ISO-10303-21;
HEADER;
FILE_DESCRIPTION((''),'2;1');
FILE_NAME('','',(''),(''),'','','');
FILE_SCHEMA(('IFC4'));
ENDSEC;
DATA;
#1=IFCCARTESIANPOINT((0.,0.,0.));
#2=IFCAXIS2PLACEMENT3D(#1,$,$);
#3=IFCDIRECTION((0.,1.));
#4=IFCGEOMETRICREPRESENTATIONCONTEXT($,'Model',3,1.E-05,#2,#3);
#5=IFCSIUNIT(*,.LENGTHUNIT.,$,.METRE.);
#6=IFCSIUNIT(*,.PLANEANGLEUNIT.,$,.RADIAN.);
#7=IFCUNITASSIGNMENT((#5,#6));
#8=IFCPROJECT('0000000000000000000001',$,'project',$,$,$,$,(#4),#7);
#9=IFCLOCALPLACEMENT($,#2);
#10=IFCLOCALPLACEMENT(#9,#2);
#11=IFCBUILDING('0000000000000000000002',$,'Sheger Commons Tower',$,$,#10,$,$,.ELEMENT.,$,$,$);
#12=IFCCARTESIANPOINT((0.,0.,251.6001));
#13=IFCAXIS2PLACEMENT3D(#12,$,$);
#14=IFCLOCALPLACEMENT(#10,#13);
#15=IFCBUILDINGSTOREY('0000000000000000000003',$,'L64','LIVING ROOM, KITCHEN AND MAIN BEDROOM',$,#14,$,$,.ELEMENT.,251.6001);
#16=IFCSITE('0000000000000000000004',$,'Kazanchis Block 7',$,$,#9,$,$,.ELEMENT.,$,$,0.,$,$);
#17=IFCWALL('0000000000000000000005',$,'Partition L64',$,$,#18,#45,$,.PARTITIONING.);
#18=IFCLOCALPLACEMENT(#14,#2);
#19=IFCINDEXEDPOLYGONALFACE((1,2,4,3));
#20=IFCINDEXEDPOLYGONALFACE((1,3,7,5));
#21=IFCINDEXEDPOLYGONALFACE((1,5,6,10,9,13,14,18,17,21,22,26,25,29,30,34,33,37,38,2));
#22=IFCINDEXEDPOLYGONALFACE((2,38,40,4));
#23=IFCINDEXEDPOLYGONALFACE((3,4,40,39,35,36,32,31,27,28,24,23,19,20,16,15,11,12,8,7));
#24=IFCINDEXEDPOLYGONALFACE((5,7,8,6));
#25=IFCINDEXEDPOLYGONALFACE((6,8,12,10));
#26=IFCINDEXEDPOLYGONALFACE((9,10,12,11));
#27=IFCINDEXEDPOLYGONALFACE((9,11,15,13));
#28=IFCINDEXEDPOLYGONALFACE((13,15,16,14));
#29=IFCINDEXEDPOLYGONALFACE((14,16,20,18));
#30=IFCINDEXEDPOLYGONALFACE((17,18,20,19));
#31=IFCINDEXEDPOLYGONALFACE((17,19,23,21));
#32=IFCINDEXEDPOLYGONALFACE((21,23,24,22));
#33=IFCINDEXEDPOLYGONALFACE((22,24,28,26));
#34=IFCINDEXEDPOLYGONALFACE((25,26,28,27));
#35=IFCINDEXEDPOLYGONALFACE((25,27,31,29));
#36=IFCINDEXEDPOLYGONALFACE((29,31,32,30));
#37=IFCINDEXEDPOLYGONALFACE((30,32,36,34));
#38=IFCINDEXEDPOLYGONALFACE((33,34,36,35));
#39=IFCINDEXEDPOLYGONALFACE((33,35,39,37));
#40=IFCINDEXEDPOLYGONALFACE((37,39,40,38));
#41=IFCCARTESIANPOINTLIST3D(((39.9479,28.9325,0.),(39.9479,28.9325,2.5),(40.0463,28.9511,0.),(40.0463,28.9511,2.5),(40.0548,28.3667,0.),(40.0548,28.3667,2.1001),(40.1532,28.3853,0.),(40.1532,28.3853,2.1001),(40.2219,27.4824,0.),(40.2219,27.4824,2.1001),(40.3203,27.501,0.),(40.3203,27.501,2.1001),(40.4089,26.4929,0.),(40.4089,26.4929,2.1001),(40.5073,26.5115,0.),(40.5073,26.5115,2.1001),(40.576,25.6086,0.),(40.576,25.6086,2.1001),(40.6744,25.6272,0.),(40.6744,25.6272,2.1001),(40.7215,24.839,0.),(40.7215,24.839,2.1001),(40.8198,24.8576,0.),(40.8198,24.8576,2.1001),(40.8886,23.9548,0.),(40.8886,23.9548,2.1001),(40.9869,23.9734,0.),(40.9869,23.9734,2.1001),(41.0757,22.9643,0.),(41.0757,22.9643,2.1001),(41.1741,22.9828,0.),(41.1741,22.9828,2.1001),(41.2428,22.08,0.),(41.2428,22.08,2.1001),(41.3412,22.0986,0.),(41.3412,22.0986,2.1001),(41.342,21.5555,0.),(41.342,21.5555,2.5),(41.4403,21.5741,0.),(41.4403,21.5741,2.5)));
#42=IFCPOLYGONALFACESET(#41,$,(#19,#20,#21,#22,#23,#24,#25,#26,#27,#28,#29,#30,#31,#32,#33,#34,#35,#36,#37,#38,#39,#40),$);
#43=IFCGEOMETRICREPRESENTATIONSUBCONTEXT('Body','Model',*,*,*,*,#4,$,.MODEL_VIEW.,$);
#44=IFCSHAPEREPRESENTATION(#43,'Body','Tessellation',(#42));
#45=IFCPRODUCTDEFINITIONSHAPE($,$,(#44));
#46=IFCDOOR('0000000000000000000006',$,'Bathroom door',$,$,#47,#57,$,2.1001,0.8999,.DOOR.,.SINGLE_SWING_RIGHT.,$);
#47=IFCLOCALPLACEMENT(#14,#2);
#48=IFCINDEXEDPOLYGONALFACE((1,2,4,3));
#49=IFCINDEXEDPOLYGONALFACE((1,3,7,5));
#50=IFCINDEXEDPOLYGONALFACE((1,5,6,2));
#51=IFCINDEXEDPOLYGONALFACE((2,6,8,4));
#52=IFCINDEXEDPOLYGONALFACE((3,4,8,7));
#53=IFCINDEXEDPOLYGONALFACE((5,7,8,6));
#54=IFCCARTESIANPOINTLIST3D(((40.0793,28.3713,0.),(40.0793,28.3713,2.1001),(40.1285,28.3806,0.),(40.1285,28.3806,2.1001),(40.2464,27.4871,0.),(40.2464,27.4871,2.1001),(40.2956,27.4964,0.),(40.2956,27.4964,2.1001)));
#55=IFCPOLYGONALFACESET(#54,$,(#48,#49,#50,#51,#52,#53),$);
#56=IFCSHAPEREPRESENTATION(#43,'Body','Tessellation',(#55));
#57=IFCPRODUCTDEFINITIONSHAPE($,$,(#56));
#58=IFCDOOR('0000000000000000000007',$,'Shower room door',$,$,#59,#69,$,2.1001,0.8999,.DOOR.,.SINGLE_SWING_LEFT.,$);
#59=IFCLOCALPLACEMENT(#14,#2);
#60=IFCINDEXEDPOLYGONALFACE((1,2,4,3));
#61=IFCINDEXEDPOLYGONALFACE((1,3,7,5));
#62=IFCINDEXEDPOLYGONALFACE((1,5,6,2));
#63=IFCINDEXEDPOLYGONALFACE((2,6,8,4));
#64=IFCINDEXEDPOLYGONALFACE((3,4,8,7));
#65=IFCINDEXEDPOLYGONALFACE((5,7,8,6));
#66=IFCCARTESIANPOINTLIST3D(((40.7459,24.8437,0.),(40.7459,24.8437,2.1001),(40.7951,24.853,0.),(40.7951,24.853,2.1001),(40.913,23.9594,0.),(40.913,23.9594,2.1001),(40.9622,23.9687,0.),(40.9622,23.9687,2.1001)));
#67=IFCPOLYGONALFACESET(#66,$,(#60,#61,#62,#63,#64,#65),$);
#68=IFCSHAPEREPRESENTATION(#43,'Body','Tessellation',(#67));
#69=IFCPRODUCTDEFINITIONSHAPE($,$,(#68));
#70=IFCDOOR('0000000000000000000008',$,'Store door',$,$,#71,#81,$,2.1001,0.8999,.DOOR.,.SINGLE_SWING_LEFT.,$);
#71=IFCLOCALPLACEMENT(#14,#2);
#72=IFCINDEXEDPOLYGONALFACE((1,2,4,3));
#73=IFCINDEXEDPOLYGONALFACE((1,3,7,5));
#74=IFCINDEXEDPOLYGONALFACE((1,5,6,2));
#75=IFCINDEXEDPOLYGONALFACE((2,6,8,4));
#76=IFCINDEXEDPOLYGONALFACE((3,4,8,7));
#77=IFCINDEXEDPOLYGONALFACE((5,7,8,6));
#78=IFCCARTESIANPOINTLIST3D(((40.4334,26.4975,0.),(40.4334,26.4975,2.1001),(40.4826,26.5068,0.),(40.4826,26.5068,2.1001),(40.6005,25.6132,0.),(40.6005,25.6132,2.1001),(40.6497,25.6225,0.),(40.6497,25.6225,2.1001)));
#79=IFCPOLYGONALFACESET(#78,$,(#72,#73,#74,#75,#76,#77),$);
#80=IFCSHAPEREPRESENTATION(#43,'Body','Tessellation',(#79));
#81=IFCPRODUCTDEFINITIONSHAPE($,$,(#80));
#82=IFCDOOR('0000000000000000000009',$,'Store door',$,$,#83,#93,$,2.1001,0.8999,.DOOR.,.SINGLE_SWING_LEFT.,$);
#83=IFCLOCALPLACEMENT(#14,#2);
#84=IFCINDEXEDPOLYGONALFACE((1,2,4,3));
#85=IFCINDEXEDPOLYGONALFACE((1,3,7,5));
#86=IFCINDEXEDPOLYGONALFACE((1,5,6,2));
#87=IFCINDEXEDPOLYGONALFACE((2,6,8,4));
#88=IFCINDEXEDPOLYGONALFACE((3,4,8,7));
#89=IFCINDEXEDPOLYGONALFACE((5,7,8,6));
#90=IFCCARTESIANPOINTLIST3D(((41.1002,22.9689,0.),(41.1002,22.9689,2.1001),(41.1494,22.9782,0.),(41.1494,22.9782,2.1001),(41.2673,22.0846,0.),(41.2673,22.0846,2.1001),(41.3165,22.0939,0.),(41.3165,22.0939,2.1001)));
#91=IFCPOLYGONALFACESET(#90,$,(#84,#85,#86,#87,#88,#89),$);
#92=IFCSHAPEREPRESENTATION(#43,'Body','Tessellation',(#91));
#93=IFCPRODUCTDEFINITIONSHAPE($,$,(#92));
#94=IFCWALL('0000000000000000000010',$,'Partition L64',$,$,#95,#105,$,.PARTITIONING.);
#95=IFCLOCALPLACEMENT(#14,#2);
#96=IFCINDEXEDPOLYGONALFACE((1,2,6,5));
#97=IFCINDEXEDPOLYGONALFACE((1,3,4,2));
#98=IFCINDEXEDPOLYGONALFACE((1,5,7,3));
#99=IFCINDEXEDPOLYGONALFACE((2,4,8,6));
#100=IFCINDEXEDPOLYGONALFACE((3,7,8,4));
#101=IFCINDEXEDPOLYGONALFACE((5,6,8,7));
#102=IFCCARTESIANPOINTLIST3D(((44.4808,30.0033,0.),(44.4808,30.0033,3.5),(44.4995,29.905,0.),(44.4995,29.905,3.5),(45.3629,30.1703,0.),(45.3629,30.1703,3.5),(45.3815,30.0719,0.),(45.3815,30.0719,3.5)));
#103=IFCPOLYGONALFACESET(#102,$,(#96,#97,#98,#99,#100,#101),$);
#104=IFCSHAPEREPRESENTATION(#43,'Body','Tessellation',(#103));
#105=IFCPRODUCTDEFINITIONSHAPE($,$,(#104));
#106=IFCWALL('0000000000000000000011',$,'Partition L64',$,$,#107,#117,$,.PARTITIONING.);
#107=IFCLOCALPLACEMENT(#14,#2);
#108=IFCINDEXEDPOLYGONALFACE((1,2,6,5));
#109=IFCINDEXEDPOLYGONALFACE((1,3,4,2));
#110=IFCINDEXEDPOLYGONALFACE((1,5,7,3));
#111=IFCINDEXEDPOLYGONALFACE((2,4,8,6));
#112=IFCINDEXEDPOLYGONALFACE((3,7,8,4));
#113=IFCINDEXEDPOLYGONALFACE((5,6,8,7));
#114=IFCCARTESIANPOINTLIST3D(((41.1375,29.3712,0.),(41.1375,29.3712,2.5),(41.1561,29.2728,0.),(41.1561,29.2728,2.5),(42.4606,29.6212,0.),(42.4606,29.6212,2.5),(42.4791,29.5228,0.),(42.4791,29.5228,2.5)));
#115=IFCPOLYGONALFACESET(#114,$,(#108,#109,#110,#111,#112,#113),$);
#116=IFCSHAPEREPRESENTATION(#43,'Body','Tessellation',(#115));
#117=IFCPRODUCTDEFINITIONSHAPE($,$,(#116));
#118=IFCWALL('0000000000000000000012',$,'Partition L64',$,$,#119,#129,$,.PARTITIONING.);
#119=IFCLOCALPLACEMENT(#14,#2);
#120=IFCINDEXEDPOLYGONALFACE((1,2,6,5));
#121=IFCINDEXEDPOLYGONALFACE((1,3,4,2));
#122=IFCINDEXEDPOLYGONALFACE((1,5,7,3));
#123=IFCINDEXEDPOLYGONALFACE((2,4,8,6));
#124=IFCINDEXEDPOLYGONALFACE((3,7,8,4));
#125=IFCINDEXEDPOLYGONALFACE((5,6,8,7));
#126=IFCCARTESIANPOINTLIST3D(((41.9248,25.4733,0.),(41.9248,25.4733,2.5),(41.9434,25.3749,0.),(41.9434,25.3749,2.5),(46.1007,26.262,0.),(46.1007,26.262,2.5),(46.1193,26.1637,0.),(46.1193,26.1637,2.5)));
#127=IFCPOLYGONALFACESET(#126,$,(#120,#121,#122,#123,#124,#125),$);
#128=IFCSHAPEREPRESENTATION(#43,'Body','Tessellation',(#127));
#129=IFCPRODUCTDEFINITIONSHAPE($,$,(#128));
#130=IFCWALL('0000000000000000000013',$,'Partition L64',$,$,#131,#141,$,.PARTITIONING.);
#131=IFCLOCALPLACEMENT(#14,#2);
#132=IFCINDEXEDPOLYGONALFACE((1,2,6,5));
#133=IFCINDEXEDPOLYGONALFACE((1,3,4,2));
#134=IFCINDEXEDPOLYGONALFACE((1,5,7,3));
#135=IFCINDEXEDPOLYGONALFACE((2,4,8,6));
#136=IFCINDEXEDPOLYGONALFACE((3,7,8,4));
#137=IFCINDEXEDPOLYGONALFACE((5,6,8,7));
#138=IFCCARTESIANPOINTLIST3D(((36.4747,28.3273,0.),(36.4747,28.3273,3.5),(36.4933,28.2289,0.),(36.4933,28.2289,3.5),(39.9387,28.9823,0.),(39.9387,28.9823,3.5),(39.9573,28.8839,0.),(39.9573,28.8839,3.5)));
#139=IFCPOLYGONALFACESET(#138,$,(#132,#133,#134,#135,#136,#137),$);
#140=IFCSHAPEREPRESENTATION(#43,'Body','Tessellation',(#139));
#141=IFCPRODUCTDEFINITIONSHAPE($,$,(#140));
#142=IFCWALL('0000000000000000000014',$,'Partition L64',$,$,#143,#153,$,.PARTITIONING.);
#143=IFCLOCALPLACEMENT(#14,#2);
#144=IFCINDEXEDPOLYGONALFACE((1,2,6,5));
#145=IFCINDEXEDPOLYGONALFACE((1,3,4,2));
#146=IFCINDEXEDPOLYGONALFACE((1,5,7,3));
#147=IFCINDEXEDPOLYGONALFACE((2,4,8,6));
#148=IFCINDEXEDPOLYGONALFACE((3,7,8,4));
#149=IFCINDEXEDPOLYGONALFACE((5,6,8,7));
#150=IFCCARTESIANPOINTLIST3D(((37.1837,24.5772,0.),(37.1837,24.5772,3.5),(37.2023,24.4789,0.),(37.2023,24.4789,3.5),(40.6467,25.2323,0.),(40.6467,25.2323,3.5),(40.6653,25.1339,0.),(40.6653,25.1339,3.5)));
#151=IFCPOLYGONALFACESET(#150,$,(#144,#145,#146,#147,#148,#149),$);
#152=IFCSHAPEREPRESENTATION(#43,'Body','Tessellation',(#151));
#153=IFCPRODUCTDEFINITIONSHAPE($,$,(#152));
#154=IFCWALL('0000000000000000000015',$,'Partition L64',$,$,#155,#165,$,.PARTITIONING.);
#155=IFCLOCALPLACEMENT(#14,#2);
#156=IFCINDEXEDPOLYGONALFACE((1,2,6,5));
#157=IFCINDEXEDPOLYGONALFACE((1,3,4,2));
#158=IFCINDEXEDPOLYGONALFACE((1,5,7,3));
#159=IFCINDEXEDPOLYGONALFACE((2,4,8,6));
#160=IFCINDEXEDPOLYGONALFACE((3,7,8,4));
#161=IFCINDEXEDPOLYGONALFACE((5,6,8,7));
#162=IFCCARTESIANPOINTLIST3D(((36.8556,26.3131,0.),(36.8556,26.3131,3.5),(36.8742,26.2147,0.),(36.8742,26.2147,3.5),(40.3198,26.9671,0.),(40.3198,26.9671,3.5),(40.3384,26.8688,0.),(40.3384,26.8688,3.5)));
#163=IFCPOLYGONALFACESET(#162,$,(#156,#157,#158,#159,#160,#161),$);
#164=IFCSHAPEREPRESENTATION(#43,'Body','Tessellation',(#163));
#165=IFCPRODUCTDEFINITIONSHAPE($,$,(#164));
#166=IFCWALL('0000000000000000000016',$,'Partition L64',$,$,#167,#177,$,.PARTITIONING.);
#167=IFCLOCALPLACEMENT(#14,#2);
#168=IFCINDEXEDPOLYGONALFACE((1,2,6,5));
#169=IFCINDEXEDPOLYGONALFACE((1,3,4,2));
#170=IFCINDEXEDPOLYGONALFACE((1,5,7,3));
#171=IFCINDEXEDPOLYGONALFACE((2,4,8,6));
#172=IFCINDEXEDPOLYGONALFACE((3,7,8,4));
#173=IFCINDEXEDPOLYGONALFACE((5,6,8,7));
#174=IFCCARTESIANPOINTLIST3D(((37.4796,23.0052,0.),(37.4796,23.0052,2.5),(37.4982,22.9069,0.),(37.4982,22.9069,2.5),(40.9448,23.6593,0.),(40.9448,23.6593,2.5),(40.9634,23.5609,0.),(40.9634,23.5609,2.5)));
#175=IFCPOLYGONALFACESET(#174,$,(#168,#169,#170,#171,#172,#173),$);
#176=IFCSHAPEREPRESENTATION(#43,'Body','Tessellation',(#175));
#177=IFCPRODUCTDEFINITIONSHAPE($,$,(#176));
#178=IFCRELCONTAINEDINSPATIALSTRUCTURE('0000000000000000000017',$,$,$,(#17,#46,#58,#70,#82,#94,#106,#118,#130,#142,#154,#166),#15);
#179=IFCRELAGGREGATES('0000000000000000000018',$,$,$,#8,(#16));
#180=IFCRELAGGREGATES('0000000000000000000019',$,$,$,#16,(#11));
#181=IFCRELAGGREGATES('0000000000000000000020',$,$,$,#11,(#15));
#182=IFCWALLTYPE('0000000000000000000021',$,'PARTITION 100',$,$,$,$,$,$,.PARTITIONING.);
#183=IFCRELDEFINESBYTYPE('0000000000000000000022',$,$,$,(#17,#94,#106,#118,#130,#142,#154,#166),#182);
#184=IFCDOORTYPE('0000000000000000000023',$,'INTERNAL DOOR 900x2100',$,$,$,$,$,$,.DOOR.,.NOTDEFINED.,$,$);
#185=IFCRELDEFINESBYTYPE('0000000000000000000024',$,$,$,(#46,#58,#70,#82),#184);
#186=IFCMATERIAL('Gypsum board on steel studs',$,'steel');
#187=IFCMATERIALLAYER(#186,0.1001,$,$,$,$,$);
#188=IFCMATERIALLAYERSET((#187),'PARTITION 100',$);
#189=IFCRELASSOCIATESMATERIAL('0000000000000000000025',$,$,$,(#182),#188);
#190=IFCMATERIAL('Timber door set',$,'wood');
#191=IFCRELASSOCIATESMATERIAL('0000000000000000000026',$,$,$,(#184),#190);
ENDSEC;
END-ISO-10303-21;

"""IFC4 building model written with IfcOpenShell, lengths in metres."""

from ifc_helpers import new_model, si_unit, direction, frame, frame_2d, origin, place, context, subcontext, project, spatial, rectangle, extrude, material, layer, layer_set, type_object, element, fill, save


model = new_model("IFC4")

# Units and contexts
model_context = context("Model", 3, precision=1e-05, world=origin(), true_north=direction((0.0, 1.0)))
body_context = subcontext(model_context, "Body", "Model", "MODEL_VIEW")
ifc_project = project(units=[si_unit("LENGTHUNIT", "METRE"), si_unit("PLANEANGLEUNIT", "RADIAN")], contexts=[model_context])

# Site, building, storey
site_placement = place(None, origin())
site = spatial("IfcSite", under=ifc_project, at=site_placement, Name="Kazanchis Block 7", CompositionType="ELEMENT", RefElevation=0.0)
building_placement = place(site_placement, origin())
building = spatial("IfcBuilding", under=site, at=building_placement, Name="Sheger Commons Tower", CompositionType="ELEMENT")
storey_placement = place(building_placement, frame((0.0, 0.0, 251.6001)))
storey = spatial("IfcBuildingStorey", under=building, at=storey_placement, Name="L64", Description="LIVING ROOM, KITCHEN AND MAIN BEDROOM", CompositionType="ELEMENT", Elevation=251.6001)

# Wall, openings, doors
ifc_material_1 = material(Name="Gypsum board on steel studs", Category="steel")
ifc_layer_1 = layer(ifc_material_1, 0.1001)
ifc_layer_set_1 = layer_set([ifc_layer_1], Name="PARTITION 100")
wall_type_1 = type_object("IfcWallType", Name="PARTITION 100", PredefinedType="PARTITIONING", material=ifc_layer_set_1)
ifc_material_2 = material(Name="Timber door set", Category="wood")
door_type_1 = type_object("IfcDoorType", Name="INTERNAL DOOR 900x2100", OperationType="NOTDEFINED", PredefinedType="DOOR", material=ifc_material_2)
wall_1_placement = place(storey_placement, frame((39.9971, 28.9419, 0.0), z_axis=(0.0, 0.0, 1.0), x_axis=(0.185686, -0.982609, 0.0)))
wall_1 = element("IfcWall", 1, at=wall_1_placement, inside=storey, type_object=wall_type_1, Name="Partition L64", PredefinedType="PARTITIONING", context=body_context, shape_type="SweptSolid", body=[
    extrude(rectangle(XDim=7.5076, YDim=0.1001, at=frame_2d((3.7539, 0.0))), origin(), (0.0, 0.0, 1.0), 2.5),
])
opening_1_placement = place(wall_1_placement, frame((0.5759, 0.0, 0.0)))
opening_1 = element("IfcOpeningElement", 2, at=opening_1_placement, cuts=wall_1, PredefinedType="OPENING", context=body_context, shape_type="SweptSolid", body=[
    extrude(rectangle(XDim=0.8999, YDim=2.1001, at=frame_2d((0.45, 1.05))), frame((0.0, 0.0601, 0.0), z_axis=(0.0, -1.0, 0.0), x_axis=(1.0, 0.0, 0.0)), (0.0, 0.0, 1.0), 0.1201),
])
opening_2_placement = place(wall_1_placement, frame((4.166, 0.0, 0.0)))
opening_2 = element("IfcOpeningElement", 3, at=opening_2_placement, cuts=wall_1, PredefinedType="OPENING", context=body_context, shape_type="SweptSolid", body=[
    extrude(rectangle(XDim=0.8999, YDim=2.1001, at=frame_2d((0.45, 1.05))), frame((0.0, 0.0601, 0.0), z_axis=(0.0, -1.0, 0.0), x_axis=(1.0, 0.0, 0.0)), (0.0, 0.0, 1.0), 0.1201),
])
opening_3_placement = place(wall_1_placement, frame((2.4829, 0.0, 0.0)))
opening_3 = element("IfcOpeningElement", 4, at=opening_3_placement, cuts=wall_1, PredefinedType="OPENING", context=body_context, shape_type="SweptSolid", body=[
    extrude(rectangle(XDim=0.8999, YDim=2.1001, at=frame_2d((0.45, 1.05))), frame((0.0, 0.0601, 0.0), z_axis=(0.0, -1.0, 0.0), x_axis=(1.0, 0.0, 0.0)), (0.0, 0.0, 1.0), 0.1201),
])
opening_4_placement = place(wall_1_placement, frame((6.074, 0.0, 0.0)))
opening_4 = element("IfcOpeningElement", 5, at=opening_4_placement, cuts=wall_1, PredefinedType="OPENING", context=body_context, shape_type="SweptSolid", body=[
    extrude(rectangle(XDim=0.8999, YDim=2.1001, at=frame_2d((0.45, 1.05))), frame((0.0, 0.0601, 0.0), z_axis=(0.0, -1.0, 0.0), x_axis=(1.0, 0.0, 0.0)), (0.0, 0.0, 1.0), 0.1201),
])
door_1_placement = place(opening_1_placement, origin())
door_1 = element("IfcDoor", 6, at=door_1_placement, inside=storey, type_object=door_type_1, Name="Bathroom door", OperationType="SINGLE_SWING_RIGHT", OverallHeight=2.1001, OverallWidth=0.8999, PredefinedType="DOOR", context=body_context, shape_type="SweptSolid", body=[
    extrude(rectangle(XDim=0.8999, YDim=2.1001, at=frame_2d((0.45, 1.05))), frame((0.0, 0.0249, 0.0), z_axis=(0.0, -1.0, 0.0), x_axis=(1.0, 0.0, 0.0)), (0.0, 0.0, 1.0), 0.05),
])
fill(opening_1, door_1)
door_2_placement = place(opening_2_placement, origin())
door_2 = element("IfcDoor", 7, at=door_2_placement, inside=storey, type_object=door_type_1, Name="Shower room door", OperationType="SINGLE_SWING_LEFT", OverallHeight=2.1001, OverallWidth=0.8999, PredefinedType="DOOR", context=body_context, shape_type="SweptSolid", body=[
    extrude(rectangle(XDim=0.8999, YDim=2.1001, at=frame_2d((0.45, 1.05))), frame((0.0, 0.0249, 0.0), z_axis=(0.0, -1.0, 0.0), x_axis=(1.0, 0.0, 0.0)), (0.0, 0.0, 1.0), 0.05),
])
fill(opening_2, door_2)
door_3_placement = place(opening_3_placement, origin())
door_3 = element("IfcDoor", 8, at=door_3_placement, inside=storey, type_object=door_type_1, Name="Store door", OperationType="SINGLE_SWING_LEFT", OverallHeight=2.1001, OverallWidth=0.8999, PredefinedType="DOOR", context=body_context, shape_type="SweptSolid", body=[
    extrude(rectangle(XDim=0.8999, YDim=2.1001, at=frame_2d((0.45, 1.05))), frame((0.0, 0.0249, 0.0), z_axis=(0.0, -1.0, 0.0), x_axis=(1.0, 0.0, 0.0)), (0.0, 0.0, 1.0), 0.05),
])
fill(opening_3, door_3)
door_4_placement = place(opening_4_placement, origin())
door_4 = element("IfcDoor", 9, at=door_4_placement, inside=storey, type_object=door_type_1, Name="Store door", OperationType="SINGLE_SWING_LEFT", OverallHeight=2.1001, OverallWidth=0.8999, PredefinedType="DOOR", context=body_context, shape_type="SweptSolid", body=[
    extrude(rectangle(XDim=0.8999, YDim=2.1001, at=frame_2d((0.45, 1.05))), frame((0.0, 0.0249, 0.0), z_axis=(0.0, -1.0, 0.0), x_axis=(1.0, 0.0, 0.0)), (0.0, 0.0, 1.0), 0.05),
])
fill(opening_4, door_4)

# Walls
wall_2_placement = place(storey_placement, frame((45.3721, 30.1211, 0.0), z_axis=(0.0, 0.0, 1.0), x_axis=(-0.982547, -0.186012, 0.0)))
element("IfcWall", 10, at=wall_2_placement, inside=storey, type_object=wall_type_1, Name="Partition L64", PredefinedType="PARTITIONING", context=body_context, shape_type="SweptSolid", body=[
    extrude(rectangle(XDim=0.8977, YDim=0.1001, at=frame_2d((0.4487, 0.0))), origin(), (0.0, 0.0, 1.0), 3.5),
])
wall_3_placement = place(storey_placement, frame((42.47, 29.572, 0.0), z_axis=(0.0, 0.0, 1.0), x_axis=(-0.982611, -0.185679, 0.0)))
element("IfcWall", 11, at=wall_3_placement, inside=storey, type_object=wall_type_1, Name="Partition L64", PredefinedType="PARTITIONING", context=body_context, shape_type="SweptSolid", body=[
    extrude(rectangle(XDim=1.3464, YDim=0.1001, at=frame_2d((0.6733, 0.0))), origin(), (0.0, 0.0, 1.0), 2.5),
])
wall_4_placement = place(storey_placement, frame((46.1101, 26.2129, 0.0), z_axis=(0.0, 0.0, 1.0), x_axis=(-0.982624, -0.18561, 0.0)))
element("IfcWall", 12, at=wall_4_placement, inside=storey, type_object=wall_type_1, Name="Partition L64", PredefinedType="PARTITIONING", context=body_context, shape_type="SweptSolid", body=[
    extrude(rectangle(XDim=4.2498, YDim=0.1001, at=frame_2d((2.125, 0.0))), origin(), (0.0, 0.0, 1.0), 2.5),
])
wall_5_placement = place(storey_placement, frame((39.948, 28.9331, 0.0), z_axis=(0.0, 0.0, 1.0), x_axis=(-0.982588, -0.185798, 0.0)))
element("IfcWall", 13, at=wall_5_placement, inside=storey, type_object=wall_type_1, Name="Partition L64", PredefinedType="PARTITIONING", context=body_context, shape_type="SweptSolid", body=[
    extrude(rectangle(XDim=3.5254, YDim=0.1001, at=frame_2d((1.7627, 0.0))), origin(), (0.0, 0.0, 1.0), 3.5),
])
wall_6_placement = place(storey_placement, frame((40.656, 25.1831, 0.0), z_axis=(0.0, 0.0, 1.0), x_axis=(-0.982576, -0.185861, 0.0)))
element("IfcWall", 14, at=wall_6_placement, inside=storey, type_object=wall_type_1, Name="Partition L64", PredefinedType="PARTITIONING", context=body_context, shape_type="SweptSolid", body=[
    extrude(rectangle(XDim=3.5244, YDim=0.1001, at=frame_2d((1.7622, 0.0))), origin(), (0.0, 0.0, 1.0), 3.5),
])
wall_7_placement = place(storey_placement, frame((40.3291, 26.918, 0.0), z_axis=(0.0, 0.0, 1.0), x_axis=(-0.982639, -0.18553, 0.0)))
element("IfcWall", 15, at=wall_7_placement, inside=storey, type_object=wall_type_1, Name="Partition L64", PredefinedType="PARTITIONING", context=body_context, shape_type="SweptSolid", body=[
    extrude(rectangle(XDim=3.5254, YDim=0.1001, at=frame_2d((1.7627, 0.0))), origin(), (0.0, 0.0, 1.0), 3.5),
])
wall_8_placement = place(storey_placement, frame((40.9541, 23.6101, 0.0), z_axis=(0.0, 0.0, 1.0), x_axis=(-0.982648, -0.18548, 0.0)))
element("IfcWall", 16, at=wall_8_placement, inside=storey, type_object=wall_type_1, Name="Partition L64", PredefinedType="PARTITIONING", context=body_context, shape_type="SweptSolid", body=[
    extrude(rectangle(XDim=3.5264, YDim=0.1001, at=frame_2d((1.7632, 0.0))), origin(), (0.0, 0.0, 1.0), 2.5),
])

save(model, "model.ifc")
